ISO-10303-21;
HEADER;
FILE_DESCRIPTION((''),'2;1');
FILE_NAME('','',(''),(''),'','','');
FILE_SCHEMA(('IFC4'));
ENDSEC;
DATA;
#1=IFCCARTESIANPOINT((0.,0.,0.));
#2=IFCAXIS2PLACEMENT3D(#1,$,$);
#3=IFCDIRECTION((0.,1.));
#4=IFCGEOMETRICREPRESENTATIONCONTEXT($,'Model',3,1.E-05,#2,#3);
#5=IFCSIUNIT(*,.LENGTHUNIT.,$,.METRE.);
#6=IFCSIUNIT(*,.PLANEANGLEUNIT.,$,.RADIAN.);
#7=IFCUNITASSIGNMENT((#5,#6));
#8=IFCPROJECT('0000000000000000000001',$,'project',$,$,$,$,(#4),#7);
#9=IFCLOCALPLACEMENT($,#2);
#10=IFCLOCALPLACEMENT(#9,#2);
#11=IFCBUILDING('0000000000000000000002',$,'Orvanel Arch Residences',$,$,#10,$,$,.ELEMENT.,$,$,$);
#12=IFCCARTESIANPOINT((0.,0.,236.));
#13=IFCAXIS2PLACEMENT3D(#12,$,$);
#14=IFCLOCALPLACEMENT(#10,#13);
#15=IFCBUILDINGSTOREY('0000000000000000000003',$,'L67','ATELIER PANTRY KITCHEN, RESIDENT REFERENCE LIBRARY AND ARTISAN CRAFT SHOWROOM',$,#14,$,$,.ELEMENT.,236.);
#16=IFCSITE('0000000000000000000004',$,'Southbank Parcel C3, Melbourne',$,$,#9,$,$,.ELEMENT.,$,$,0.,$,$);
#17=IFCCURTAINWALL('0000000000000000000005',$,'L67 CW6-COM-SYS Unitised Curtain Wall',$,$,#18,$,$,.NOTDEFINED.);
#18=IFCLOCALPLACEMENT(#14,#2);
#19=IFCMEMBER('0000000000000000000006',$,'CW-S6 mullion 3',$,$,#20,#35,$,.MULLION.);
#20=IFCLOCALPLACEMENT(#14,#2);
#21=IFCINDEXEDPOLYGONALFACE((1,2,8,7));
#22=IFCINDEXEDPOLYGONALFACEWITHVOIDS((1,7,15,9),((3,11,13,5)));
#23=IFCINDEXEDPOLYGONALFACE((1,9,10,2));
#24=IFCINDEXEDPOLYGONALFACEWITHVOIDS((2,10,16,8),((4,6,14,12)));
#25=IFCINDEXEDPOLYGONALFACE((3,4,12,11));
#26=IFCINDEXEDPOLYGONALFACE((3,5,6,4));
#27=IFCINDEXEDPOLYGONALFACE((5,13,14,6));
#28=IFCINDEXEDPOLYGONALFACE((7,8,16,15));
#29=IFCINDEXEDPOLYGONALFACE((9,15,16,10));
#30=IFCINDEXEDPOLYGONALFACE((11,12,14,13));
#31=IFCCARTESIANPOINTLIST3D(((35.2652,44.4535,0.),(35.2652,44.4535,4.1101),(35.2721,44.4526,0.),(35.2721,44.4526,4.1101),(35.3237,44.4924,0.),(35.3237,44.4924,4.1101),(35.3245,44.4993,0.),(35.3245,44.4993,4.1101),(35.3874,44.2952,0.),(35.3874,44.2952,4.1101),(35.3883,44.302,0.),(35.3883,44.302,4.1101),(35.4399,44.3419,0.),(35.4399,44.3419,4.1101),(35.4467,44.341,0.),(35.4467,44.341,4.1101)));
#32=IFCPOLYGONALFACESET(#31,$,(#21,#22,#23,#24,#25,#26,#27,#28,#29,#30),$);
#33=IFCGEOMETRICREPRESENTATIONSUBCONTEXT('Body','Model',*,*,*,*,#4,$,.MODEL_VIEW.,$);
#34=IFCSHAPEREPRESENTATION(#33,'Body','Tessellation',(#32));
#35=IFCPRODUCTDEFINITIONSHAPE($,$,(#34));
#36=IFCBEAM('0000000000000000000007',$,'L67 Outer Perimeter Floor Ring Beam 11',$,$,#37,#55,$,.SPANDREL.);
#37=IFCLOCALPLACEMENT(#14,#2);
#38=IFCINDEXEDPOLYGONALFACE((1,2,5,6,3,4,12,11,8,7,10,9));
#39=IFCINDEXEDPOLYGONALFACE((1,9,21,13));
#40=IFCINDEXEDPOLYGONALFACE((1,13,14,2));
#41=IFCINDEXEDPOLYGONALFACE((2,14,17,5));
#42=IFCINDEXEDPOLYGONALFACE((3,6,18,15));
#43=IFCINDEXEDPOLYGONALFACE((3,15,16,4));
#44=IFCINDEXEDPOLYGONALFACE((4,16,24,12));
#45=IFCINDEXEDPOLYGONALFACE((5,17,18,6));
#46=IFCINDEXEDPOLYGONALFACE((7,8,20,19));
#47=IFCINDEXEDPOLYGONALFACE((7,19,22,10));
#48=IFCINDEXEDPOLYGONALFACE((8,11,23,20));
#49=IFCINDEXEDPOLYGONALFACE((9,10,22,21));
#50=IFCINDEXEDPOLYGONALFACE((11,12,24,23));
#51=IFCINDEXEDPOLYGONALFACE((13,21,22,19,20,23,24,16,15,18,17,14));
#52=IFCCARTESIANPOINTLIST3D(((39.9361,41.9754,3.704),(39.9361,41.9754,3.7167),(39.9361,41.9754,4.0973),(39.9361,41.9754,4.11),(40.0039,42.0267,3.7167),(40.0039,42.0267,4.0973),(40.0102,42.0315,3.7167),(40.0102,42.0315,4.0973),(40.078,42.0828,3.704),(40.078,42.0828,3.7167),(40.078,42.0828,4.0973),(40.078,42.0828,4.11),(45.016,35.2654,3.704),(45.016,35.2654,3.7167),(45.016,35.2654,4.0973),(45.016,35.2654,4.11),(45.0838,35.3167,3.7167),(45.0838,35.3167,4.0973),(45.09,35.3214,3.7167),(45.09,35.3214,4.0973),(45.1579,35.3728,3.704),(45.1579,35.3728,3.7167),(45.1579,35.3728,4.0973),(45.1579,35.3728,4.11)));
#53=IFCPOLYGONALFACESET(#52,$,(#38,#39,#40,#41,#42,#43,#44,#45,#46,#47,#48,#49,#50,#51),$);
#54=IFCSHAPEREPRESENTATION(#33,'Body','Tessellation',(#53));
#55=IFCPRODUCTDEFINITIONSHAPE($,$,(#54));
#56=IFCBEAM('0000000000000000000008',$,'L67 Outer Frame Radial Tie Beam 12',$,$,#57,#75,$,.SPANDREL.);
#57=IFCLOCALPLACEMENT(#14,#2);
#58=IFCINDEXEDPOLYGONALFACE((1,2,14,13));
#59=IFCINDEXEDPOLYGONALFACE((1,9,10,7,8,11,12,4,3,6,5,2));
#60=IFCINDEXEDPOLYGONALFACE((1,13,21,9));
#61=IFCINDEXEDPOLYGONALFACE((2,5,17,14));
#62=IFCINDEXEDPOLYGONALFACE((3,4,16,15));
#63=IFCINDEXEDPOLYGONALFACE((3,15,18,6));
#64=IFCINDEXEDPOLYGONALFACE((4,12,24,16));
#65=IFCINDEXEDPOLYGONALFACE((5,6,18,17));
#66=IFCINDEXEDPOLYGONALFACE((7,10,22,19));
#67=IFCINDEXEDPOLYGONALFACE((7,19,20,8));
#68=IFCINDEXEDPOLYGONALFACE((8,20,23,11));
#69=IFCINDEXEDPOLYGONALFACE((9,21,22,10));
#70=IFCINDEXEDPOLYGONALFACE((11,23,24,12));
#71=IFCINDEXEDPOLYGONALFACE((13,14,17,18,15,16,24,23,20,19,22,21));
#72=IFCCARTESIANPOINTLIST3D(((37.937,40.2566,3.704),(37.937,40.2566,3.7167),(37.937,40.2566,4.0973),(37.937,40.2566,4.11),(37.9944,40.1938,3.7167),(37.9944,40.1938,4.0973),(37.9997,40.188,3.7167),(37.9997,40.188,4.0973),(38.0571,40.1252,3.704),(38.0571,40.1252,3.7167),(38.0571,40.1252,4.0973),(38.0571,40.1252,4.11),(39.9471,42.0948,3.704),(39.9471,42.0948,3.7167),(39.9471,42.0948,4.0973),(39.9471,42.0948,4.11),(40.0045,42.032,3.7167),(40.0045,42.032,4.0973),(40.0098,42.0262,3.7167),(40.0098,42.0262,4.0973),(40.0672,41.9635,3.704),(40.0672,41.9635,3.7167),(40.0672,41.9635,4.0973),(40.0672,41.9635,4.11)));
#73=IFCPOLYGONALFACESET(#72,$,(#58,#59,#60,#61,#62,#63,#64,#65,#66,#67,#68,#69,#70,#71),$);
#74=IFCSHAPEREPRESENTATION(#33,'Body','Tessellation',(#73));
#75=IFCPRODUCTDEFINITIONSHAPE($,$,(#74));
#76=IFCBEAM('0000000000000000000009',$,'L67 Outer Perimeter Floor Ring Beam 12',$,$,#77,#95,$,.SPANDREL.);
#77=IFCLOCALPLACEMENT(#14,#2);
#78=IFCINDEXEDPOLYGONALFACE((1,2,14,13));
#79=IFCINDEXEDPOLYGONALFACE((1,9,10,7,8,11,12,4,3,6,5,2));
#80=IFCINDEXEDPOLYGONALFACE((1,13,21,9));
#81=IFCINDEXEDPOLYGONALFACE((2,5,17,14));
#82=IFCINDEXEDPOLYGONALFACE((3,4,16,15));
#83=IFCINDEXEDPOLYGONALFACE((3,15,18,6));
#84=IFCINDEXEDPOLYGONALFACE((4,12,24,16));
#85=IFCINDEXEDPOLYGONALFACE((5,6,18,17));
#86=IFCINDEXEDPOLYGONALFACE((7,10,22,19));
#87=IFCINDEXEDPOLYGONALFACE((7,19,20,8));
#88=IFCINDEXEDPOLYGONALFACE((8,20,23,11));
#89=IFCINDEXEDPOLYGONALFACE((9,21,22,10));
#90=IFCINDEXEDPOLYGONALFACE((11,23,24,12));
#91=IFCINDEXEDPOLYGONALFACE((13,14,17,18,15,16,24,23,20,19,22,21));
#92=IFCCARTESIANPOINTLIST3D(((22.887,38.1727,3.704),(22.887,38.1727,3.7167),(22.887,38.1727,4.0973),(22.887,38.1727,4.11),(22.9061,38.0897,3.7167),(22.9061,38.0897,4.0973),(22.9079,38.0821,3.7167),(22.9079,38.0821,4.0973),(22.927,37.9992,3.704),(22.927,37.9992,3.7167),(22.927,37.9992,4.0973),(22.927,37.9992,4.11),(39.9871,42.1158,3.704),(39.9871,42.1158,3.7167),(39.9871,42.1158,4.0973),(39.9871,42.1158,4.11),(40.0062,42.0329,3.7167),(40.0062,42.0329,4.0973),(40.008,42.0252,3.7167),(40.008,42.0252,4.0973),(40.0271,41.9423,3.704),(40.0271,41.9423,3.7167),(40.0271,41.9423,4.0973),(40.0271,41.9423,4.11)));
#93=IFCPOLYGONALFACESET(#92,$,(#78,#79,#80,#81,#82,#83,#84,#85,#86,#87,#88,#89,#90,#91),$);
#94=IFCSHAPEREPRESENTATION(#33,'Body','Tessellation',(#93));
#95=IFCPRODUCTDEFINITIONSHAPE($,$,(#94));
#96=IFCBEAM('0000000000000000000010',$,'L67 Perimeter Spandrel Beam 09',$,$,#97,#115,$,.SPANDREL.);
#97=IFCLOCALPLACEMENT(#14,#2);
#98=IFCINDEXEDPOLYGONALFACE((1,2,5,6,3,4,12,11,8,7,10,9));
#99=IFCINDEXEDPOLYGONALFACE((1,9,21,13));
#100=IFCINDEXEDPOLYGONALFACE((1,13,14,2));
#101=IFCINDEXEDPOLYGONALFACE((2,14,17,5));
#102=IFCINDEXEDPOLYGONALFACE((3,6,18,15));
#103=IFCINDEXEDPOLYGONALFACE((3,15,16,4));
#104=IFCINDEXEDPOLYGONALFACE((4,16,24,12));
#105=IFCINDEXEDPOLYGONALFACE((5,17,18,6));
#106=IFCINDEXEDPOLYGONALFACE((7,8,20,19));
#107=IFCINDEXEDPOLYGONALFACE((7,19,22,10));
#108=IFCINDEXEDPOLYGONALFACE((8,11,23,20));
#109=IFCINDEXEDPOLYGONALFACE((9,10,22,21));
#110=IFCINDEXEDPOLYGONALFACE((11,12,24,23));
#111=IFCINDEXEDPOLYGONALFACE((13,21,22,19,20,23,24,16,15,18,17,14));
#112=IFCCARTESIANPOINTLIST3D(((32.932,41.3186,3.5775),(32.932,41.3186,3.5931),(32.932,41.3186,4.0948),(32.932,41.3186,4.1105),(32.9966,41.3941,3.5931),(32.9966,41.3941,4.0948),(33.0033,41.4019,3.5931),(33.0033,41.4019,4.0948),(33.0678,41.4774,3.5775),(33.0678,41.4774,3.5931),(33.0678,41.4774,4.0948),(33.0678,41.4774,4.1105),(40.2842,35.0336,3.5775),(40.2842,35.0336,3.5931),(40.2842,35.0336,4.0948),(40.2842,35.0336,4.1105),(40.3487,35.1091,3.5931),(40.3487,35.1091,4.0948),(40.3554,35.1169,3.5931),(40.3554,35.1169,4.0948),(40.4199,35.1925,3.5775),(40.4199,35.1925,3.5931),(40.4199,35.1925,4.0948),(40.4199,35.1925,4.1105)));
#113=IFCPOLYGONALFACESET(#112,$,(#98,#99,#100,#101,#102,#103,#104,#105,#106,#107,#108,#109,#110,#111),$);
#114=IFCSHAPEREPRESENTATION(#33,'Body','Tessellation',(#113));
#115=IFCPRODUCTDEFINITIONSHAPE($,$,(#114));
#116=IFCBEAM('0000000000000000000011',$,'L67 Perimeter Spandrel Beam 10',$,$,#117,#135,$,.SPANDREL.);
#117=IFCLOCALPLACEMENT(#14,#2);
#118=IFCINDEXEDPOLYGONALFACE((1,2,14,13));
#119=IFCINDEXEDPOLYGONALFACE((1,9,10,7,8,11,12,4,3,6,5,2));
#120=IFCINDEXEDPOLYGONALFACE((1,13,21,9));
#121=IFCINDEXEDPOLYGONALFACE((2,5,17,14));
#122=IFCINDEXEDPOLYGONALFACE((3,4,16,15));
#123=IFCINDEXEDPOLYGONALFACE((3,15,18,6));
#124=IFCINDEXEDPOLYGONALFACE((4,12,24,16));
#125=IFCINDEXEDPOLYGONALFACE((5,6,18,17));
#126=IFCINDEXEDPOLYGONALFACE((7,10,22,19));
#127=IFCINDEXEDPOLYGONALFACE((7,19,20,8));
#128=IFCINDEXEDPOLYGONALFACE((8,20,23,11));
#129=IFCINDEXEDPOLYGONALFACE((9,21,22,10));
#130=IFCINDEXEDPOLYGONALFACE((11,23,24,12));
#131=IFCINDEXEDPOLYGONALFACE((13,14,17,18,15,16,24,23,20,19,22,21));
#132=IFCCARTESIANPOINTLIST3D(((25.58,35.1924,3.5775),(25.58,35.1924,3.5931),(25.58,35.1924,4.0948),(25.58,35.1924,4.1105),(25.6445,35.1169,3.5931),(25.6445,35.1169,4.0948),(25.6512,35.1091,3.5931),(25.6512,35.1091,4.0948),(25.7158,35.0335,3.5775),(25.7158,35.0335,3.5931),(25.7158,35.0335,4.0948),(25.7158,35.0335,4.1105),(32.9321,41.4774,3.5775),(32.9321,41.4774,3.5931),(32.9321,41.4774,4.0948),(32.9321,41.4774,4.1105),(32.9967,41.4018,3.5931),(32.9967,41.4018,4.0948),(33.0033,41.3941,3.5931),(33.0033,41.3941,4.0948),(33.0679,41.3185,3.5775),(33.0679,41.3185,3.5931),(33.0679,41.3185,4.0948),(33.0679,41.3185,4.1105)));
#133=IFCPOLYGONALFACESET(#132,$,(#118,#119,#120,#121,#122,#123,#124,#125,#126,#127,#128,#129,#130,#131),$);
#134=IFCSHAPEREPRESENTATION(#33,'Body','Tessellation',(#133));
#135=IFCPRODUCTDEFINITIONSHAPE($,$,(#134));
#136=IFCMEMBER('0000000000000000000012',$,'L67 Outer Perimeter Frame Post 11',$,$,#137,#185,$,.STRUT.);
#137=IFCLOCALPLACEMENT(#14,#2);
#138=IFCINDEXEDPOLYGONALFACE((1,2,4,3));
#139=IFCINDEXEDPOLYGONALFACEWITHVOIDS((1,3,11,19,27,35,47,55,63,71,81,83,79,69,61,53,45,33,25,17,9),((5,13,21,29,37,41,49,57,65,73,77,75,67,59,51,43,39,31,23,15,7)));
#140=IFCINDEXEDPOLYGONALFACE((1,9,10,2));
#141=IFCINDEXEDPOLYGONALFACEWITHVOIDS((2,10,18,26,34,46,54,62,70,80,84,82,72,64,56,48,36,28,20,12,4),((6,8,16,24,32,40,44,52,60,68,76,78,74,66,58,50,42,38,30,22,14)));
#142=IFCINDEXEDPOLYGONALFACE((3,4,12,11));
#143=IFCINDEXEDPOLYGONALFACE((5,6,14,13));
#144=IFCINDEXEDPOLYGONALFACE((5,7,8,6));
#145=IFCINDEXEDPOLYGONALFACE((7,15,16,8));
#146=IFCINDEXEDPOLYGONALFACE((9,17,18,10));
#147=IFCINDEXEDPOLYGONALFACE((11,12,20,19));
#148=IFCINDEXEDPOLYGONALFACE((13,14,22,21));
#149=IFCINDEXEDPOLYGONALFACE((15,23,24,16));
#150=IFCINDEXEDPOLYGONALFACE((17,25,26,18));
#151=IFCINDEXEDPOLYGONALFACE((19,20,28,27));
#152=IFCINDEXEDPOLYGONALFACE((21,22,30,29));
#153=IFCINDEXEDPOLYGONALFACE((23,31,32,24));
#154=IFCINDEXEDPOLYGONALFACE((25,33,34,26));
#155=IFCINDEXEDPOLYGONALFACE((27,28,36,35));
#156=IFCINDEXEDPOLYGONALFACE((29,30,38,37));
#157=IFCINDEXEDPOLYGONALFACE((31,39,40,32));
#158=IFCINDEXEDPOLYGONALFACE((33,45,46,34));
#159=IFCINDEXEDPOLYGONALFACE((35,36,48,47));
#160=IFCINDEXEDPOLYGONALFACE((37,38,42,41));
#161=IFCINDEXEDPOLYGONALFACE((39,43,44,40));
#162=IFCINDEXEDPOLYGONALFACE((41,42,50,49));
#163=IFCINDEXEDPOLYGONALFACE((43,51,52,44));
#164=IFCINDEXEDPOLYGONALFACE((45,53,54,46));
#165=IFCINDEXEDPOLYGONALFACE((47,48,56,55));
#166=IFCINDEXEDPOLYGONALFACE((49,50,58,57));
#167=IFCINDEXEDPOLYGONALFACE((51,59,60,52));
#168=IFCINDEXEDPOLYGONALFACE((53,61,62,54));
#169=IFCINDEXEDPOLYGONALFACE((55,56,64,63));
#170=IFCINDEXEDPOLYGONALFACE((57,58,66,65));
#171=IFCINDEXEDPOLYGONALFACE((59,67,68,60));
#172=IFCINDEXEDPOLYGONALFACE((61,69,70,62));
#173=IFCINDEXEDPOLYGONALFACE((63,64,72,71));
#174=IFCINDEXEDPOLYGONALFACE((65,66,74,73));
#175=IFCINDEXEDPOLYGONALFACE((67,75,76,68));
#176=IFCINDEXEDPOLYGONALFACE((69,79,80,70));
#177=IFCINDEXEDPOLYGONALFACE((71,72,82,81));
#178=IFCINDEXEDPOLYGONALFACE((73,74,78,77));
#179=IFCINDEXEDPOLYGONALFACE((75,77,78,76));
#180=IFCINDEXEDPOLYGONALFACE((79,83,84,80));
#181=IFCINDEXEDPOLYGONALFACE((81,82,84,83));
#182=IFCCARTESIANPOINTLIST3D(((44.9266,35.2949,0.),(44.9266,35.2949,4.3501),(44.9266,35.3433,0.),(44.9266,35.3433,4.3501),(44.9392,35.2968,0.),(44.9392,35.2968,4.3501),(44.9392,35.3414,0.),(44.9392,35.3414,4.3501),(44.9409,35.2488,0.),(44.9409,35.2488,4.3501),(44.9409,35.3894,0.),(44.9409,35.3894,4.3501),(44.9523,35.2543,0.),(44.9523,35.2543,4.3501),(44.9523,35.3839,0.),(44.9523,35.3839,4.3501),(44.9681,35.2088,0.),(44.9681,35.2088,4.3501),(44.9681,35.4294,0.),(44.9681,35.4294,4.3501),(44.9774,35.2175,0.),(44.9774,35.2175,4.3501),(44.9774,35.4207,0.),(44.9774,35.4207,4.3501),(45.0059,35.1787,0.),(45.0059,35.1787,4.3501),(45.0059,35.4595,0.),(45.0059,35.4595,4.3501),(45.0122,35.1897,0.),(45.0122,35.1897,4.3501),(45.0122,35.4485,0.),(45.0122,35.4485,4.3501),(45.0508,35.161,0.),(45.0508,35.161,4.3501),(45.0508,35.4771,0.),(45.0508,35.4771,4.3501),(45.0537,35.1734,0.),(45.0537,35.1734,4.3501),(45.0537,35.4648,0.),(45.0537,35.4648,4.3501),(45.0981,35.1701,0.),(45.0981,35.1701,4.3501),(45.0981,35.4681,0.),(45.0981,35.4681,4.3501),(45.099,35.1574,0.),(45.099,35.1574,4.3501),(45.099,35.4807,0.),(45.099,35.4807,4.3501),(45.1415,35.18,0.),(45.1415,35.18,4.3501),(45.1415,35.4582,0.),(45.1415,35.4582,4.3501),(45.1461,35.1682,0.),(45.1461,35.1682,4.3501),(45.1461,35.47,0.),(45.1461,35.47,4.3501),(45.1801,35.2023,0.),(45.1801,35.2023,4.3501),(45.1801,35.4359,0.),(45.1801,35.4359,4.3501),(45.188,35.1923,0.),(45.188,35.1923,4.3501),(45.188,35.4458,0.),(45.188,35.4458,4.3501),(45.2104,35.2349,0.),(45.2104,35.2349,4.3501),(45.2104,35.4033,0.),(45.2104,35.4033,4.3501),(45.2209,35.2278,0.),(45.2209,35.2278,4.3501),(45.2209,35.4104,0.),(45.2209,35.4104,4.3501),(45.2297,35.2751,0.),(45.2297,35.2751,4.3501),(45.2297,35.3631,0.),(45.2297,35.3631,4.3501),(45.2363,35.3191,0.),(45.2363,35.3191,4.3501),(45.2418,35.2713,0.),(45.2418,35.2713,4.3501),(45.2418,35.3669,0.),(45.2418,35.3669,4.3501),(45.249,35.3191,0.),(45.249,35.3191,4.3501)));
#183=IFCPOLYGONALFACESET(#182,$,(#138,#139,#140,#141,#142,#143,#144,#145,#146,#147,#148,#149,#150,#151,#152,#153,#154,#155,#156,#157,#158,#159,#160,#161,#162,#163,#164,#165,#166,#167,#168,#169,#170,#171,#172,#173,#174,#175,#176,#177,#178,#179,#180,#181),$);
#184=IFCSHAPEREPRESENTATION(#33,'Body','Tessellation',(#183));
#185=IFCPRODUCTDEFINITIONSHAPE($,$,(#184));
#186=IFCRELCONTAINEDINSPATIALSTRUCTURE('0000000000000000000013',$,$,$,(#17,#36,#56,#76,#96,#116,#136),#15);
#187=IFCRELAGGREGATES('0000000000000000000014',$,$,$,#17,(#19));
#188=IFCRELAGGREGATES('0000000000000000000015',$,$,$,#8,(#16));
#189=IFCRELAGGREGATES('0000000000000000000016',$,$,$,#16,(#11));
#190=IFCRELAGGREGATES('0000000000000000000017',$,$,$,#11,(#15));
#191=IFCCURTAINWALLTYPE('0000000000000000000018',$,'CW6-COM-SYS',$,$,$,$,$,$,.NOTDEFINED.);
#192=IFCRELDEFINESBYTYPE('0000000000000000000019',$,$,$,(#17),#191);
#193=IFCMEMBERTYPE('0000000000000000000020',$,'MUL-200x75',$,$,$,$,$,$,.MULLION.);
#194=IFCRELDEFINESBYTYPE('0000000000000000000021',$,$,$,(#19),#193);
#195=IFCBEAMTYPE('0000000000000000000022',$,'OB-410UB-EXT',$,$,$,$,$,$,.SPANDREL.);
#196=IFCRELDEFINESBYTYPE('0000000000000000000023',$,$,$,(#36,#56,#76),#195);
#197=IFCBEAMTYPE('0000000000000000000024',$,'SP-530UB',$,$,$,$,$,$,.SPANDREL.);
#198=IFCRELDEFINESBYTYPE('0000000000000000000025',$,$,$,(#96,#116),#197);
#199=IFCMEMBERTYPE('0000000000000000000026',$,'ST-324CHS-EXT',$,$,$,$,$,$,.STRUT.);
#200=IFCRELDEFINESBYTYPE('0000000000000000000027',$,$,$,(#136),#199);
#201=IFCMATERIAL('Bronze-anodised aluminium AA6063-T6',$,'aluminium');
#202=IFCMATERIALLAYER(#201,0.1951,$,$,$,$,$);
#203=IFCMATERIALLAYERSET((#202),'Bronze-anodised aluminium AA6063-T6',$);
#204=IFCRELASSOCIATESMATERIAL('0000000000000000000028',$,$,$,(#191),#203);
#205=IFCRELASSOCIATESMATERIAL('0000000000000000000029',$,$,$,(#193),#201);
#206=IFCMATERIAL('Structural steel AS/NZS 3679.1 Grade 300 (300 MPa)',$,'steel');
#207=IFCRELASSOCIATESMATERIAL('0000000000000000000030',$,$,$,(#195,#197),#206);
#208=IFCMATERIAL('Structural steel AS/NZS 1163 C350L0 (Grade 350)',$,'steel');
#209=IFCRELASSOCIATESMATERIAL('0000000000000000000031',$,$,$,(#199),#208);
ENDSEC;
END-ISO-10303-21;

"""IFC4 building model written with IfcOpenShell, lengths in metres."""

from ifc_helpers import new_model, si_unit, direction, frame, origin, origin_2d, place, context, subcontext, project, spatial, hollow_rectangle, hollow_circle, i_section, extrude, material, layer, layer_set, material_profile, profile_set, type_object, element, aggregate, save


model = new_model("IFC4")

# Units and contexts
model_context = context("Model", 3, precision=1e-05, world=origin(), true_north=direction((0.0, 1.0)))
body_context = subcontext(model_context, "Body", "Model", "MODEL_VIEW")
ifc_project = project(units=[si_unit("LENGTHUNIT", "METRE"), si_unit("PLANEANGLEUNIT", "RADIAN")], contexts=[model_context])

# Site, building, storey
site_placement = place(None, origin())
site = spatial("IfcSite", under=ifc_project, at=site_placement, Name="Southbank Parcel C3, Melbourne", CompositionType="ELEMENT", RefElevation=0.0)
building_placement = place(site_placement, origin())
building = spatial("IfcBuilding", under=site, at=building_placement, Name="Orvanel Arch Residences", CompositionType="ELEMENT")
storey_placement = place(building_placement, frame((0.0, 0.0, 236.0)))
storey = spatial("IfcBuildingStorey", under=building, at=storey_placement, Name="L67", Description="ATELIER PANTRY KITCHEN, RESIDENT REFERENCE LIBRARY AND ARTISAN CRAFT SHOWROOM", CompositionType="ELEMENT", Elevation=236.0)

# Shared definitions
ifc_material_1 = material(Name="Structural steel AS/NZS 3679.1 Grade 300 (300 MPa)", Category="steel")

# Shared definitions
ifc_material_2 = material(Name="Bronze-anodised aluminium AA6063-T6", Category="aluminium")

# Curtain wall, member
ifc_layer_1 = layer(ifc_material_2, 0.1951)
ifc_layer_set_1 = layer_set([ifc_layer_1], Name="Bronze-anodised aluminium AA6063-T6")
curtain_wall_type_1 = type_object("IfcCurtainWallType", Name="CW6-COM-SYS", PredefinedType="NOTDEFINED", material=ifc_layer_set_1)
curtain_wall_1_placement = place(storey_placement, origin())
curtain_wall_1 = element("IfcCurtainWall", 1, at=curtain_wall_1_placement, inside=storey, type_object=curtain_wall_type_1, Name="L67 CW6-COM-SYS Unitised Curtain Wall", PredefinedType="NOTDEFINED")
ifc_material_profile_1 = material_profile(ifc_material_2, hollow_rectangle(XDim=0.075, YDim=0.2, WallThickness=0.0049, at=origin_2d()), Name="ALU200x75x5")
ifc_profile_set_1 = profile_set([ifc_material_profile_1], Name="Bronze-anodised aluminium AA6063-T6")
member_type_1 = type_object("IfcMemberType", Name="MUL-200x75", PredefinedType="MULLION", material=ifc_profile_set_1)
member_1_placement = place(storey_placement, frame((35.356, 44.3972, 0.0), z_axis=(0.0, 0.0, 1.0), x_axis=(-0.791648, -0.610978, 0.0)))
member_1 = element("IfcMember", 2, at=member_1_placement, type_object=member_type_1, Name="CW-S6 mullion 3", PredefinedType="MULLION", context=body_context, shape_type="SweptSolid", body=[
    extrude(hollow_rectangle(XDim=0.075, YDim=0.2, WallThickness=0.0049, at=origin_2d()), origin(), (0.0, 0.0, 1.0), 4.1101),
])

# Beams
ifc_material_profile_2 = material_profile(ifc_material_1, i_section(OverallWidth=0.178, OverallDepth=0.406, WebThickness=0.0078, FlangeThickness=0.0127, at=origin_2d()), Name="410UB59.7")
ifc_profile_set_2 = profile_set([ifc_material_profile_2], Name="Structural steel AS/NZS 3679.1 Grade 300 (300 MPa)")
beam_type_1 = type_object("IfcBeamType", Name="OB-410UB-EXT", PredefinedType="SPANDREL", material=ifc_profile_set_2)
beam_1_placement = place(storey_placement, frame((45.0869, 35.3191, 3.907), z_axis=(-0.603596, 0.797291, 0.0), x_axis=(-0.797291, -0.603596, 0.0)))
element("IfcBeam", 3, at=beam_1_placement, inside=storey, type_object=beam_type_1, Name="L67 Outer Perimeter Floor Ring Beam 11", PredefinedType="SPANDREL", context=body_context, shape_type="SweptSolid", body=[
    extrude(i_section(OverallWidth=0.178, OverallDepth=0.406, WebThickness=0.0078, FlangeThickness=0.0127, at=origin_2d()), origin(), (0.0, 0.0, 1.0), 8.416),
])
beam_2_placement = place(storey_placement, frame((37.9971, 40.1909, 3.907), z_axis=(0.737954, 0.674851, 0.0), x_axis=(-0.674851, 0.737954, 0.0)))
element("IfcBeam", 4, at=beam_2_placement, inside=storey, type_object=beam_type_1, Name="L67 Outer Frame Radial Tie Beam 12", PredefinedType="SPANDREL", context=body_context, shape_type="SweptSolid", body=[
    extrude(i_section(OverallWidth=0.178, OverallDepth=0.406, WebThickness=0.0078, FlangeThickness=0.0127, at=origin_2d()), origin(), (0.0, 0.0, 1.0), 2.7239),
])
beam_3_placement = place(storey_placement, frame((40.0071, 42.0291, 3.907), z_axis=(-0.974429, -0.224694, 0.0), x_axis=(0.224694, -0.974429, 0.0)))
element("IfcBeam", 5, at=beam_3_placement, inside=storey, type_object=beam_type_1, Name="L67 Outer Perimeter Floor Ring Beam 12", PredefinedType="SPANDREL", context=body_context, shape_type="SweptSolid", body=[
    extrude(i_section(OverallWidth=0.178, OverallDepth=0.406, WebThickness=0.0078, FlangeThickness=0.0127, at=origin_2d()), origin(), (0.0, 0.0, 1.0), 17.5488),
])
ifc_material_profile_3 = material_profile(ifc_material_1, i_section(OverallWidth=0.209, OverallDepth=0.533, WebThickness=0.0103, FlangeThickness=0.0156, at=origin_2d()), Name="530UB92.4")
ifc_profile_set_3 = profile_set([ifc_material_profile_3], Name="Structural steel AS/NZS 3679.1 Grade 300 (300 MPa)")
beam_type_2 = type_object("IfcBeamType", Name="SP-530UB", PredefinedType="SPANDREL", material=ifc_profile_set_3)
for number, where, z_axis, x_axis, name in (
    (6, (40.3521, 35.113, 3.844), (-0.760117, 0.649787, 0.0), (-0.649787, -0.760117, 0.0), "L67 Perimeter Spandrel Beam 09"),
    (7, (33.0, 41.3979, 3.844), (-0.760117, -0.649787, 0.0), (0.649787, -0.760117, 0.0), "L67 Perimeter Spandrel Beam 10"),
):
    element("IfcBeam", number, at=place(storey_placement, frame(where, z_axis=z_axis, x_axis=x_axis)), inside=storey, type_object=beam_type_2, Name=name, PredefinedType="SPANDREL", context=body_context, shape_type="SweptSolid", body=[
        extrude(i_section(OverallWidth=0.209, OverallDepth=0.533, WebThickness=0.0103, FlangeThickness=0.0156, at=origin_2d()), origin(), (0.0, 0.0, 1.0), 9.6724),
    ])

# Member
ifc_material_3 = material(Name="Structural steel AS/NZS 1163 C350L0 (Grade 350)", Category="steel")
ifc_material_profile_4 = material_profile(ifc_material_3, hollow_circle(Radius=0.1621, WallThickness=0.0127, at=origin_2d()), Name="CHS324x12.7")
ifc_profile_set_4 = profile_set([ifc_material_profile_4], Name="Structural steel AS/NZS 1163 C350L0 (Grade 350)")
member_type_2 = type_object("IfcMemberType", Name="ST-324CHS-EXT", PredefinedType="STRUT", material=ifc_profile_set_4)
for number, where, z_axis, x_axis, name in (
    (8, (45.0869, 35.3191, 0.0), (0.0, 0.0, 1.0), (1.0, 0.0, 0.0), "L67 Outer Perimeter Frame Post 11"),
):
    element("IfcMember", number, at=place(storey_placement, frame(where, z_axis=z_axis, x_axis=x_axis)), inside=storey, type_object=member_type_2, Name=name, PredefinedType="STRUT", context=body_context, shape_type="SweptSolid", body=[
        extrude(hollow_circle(Radius=0.1621, WallThickness=0.0127, at=origin_2d()), origin(), (0.0, 0.0, 1.0), 4.3501),
    ])

aggregate(curtain_wall_1, [member_1])

save(model, "model.ifc")
